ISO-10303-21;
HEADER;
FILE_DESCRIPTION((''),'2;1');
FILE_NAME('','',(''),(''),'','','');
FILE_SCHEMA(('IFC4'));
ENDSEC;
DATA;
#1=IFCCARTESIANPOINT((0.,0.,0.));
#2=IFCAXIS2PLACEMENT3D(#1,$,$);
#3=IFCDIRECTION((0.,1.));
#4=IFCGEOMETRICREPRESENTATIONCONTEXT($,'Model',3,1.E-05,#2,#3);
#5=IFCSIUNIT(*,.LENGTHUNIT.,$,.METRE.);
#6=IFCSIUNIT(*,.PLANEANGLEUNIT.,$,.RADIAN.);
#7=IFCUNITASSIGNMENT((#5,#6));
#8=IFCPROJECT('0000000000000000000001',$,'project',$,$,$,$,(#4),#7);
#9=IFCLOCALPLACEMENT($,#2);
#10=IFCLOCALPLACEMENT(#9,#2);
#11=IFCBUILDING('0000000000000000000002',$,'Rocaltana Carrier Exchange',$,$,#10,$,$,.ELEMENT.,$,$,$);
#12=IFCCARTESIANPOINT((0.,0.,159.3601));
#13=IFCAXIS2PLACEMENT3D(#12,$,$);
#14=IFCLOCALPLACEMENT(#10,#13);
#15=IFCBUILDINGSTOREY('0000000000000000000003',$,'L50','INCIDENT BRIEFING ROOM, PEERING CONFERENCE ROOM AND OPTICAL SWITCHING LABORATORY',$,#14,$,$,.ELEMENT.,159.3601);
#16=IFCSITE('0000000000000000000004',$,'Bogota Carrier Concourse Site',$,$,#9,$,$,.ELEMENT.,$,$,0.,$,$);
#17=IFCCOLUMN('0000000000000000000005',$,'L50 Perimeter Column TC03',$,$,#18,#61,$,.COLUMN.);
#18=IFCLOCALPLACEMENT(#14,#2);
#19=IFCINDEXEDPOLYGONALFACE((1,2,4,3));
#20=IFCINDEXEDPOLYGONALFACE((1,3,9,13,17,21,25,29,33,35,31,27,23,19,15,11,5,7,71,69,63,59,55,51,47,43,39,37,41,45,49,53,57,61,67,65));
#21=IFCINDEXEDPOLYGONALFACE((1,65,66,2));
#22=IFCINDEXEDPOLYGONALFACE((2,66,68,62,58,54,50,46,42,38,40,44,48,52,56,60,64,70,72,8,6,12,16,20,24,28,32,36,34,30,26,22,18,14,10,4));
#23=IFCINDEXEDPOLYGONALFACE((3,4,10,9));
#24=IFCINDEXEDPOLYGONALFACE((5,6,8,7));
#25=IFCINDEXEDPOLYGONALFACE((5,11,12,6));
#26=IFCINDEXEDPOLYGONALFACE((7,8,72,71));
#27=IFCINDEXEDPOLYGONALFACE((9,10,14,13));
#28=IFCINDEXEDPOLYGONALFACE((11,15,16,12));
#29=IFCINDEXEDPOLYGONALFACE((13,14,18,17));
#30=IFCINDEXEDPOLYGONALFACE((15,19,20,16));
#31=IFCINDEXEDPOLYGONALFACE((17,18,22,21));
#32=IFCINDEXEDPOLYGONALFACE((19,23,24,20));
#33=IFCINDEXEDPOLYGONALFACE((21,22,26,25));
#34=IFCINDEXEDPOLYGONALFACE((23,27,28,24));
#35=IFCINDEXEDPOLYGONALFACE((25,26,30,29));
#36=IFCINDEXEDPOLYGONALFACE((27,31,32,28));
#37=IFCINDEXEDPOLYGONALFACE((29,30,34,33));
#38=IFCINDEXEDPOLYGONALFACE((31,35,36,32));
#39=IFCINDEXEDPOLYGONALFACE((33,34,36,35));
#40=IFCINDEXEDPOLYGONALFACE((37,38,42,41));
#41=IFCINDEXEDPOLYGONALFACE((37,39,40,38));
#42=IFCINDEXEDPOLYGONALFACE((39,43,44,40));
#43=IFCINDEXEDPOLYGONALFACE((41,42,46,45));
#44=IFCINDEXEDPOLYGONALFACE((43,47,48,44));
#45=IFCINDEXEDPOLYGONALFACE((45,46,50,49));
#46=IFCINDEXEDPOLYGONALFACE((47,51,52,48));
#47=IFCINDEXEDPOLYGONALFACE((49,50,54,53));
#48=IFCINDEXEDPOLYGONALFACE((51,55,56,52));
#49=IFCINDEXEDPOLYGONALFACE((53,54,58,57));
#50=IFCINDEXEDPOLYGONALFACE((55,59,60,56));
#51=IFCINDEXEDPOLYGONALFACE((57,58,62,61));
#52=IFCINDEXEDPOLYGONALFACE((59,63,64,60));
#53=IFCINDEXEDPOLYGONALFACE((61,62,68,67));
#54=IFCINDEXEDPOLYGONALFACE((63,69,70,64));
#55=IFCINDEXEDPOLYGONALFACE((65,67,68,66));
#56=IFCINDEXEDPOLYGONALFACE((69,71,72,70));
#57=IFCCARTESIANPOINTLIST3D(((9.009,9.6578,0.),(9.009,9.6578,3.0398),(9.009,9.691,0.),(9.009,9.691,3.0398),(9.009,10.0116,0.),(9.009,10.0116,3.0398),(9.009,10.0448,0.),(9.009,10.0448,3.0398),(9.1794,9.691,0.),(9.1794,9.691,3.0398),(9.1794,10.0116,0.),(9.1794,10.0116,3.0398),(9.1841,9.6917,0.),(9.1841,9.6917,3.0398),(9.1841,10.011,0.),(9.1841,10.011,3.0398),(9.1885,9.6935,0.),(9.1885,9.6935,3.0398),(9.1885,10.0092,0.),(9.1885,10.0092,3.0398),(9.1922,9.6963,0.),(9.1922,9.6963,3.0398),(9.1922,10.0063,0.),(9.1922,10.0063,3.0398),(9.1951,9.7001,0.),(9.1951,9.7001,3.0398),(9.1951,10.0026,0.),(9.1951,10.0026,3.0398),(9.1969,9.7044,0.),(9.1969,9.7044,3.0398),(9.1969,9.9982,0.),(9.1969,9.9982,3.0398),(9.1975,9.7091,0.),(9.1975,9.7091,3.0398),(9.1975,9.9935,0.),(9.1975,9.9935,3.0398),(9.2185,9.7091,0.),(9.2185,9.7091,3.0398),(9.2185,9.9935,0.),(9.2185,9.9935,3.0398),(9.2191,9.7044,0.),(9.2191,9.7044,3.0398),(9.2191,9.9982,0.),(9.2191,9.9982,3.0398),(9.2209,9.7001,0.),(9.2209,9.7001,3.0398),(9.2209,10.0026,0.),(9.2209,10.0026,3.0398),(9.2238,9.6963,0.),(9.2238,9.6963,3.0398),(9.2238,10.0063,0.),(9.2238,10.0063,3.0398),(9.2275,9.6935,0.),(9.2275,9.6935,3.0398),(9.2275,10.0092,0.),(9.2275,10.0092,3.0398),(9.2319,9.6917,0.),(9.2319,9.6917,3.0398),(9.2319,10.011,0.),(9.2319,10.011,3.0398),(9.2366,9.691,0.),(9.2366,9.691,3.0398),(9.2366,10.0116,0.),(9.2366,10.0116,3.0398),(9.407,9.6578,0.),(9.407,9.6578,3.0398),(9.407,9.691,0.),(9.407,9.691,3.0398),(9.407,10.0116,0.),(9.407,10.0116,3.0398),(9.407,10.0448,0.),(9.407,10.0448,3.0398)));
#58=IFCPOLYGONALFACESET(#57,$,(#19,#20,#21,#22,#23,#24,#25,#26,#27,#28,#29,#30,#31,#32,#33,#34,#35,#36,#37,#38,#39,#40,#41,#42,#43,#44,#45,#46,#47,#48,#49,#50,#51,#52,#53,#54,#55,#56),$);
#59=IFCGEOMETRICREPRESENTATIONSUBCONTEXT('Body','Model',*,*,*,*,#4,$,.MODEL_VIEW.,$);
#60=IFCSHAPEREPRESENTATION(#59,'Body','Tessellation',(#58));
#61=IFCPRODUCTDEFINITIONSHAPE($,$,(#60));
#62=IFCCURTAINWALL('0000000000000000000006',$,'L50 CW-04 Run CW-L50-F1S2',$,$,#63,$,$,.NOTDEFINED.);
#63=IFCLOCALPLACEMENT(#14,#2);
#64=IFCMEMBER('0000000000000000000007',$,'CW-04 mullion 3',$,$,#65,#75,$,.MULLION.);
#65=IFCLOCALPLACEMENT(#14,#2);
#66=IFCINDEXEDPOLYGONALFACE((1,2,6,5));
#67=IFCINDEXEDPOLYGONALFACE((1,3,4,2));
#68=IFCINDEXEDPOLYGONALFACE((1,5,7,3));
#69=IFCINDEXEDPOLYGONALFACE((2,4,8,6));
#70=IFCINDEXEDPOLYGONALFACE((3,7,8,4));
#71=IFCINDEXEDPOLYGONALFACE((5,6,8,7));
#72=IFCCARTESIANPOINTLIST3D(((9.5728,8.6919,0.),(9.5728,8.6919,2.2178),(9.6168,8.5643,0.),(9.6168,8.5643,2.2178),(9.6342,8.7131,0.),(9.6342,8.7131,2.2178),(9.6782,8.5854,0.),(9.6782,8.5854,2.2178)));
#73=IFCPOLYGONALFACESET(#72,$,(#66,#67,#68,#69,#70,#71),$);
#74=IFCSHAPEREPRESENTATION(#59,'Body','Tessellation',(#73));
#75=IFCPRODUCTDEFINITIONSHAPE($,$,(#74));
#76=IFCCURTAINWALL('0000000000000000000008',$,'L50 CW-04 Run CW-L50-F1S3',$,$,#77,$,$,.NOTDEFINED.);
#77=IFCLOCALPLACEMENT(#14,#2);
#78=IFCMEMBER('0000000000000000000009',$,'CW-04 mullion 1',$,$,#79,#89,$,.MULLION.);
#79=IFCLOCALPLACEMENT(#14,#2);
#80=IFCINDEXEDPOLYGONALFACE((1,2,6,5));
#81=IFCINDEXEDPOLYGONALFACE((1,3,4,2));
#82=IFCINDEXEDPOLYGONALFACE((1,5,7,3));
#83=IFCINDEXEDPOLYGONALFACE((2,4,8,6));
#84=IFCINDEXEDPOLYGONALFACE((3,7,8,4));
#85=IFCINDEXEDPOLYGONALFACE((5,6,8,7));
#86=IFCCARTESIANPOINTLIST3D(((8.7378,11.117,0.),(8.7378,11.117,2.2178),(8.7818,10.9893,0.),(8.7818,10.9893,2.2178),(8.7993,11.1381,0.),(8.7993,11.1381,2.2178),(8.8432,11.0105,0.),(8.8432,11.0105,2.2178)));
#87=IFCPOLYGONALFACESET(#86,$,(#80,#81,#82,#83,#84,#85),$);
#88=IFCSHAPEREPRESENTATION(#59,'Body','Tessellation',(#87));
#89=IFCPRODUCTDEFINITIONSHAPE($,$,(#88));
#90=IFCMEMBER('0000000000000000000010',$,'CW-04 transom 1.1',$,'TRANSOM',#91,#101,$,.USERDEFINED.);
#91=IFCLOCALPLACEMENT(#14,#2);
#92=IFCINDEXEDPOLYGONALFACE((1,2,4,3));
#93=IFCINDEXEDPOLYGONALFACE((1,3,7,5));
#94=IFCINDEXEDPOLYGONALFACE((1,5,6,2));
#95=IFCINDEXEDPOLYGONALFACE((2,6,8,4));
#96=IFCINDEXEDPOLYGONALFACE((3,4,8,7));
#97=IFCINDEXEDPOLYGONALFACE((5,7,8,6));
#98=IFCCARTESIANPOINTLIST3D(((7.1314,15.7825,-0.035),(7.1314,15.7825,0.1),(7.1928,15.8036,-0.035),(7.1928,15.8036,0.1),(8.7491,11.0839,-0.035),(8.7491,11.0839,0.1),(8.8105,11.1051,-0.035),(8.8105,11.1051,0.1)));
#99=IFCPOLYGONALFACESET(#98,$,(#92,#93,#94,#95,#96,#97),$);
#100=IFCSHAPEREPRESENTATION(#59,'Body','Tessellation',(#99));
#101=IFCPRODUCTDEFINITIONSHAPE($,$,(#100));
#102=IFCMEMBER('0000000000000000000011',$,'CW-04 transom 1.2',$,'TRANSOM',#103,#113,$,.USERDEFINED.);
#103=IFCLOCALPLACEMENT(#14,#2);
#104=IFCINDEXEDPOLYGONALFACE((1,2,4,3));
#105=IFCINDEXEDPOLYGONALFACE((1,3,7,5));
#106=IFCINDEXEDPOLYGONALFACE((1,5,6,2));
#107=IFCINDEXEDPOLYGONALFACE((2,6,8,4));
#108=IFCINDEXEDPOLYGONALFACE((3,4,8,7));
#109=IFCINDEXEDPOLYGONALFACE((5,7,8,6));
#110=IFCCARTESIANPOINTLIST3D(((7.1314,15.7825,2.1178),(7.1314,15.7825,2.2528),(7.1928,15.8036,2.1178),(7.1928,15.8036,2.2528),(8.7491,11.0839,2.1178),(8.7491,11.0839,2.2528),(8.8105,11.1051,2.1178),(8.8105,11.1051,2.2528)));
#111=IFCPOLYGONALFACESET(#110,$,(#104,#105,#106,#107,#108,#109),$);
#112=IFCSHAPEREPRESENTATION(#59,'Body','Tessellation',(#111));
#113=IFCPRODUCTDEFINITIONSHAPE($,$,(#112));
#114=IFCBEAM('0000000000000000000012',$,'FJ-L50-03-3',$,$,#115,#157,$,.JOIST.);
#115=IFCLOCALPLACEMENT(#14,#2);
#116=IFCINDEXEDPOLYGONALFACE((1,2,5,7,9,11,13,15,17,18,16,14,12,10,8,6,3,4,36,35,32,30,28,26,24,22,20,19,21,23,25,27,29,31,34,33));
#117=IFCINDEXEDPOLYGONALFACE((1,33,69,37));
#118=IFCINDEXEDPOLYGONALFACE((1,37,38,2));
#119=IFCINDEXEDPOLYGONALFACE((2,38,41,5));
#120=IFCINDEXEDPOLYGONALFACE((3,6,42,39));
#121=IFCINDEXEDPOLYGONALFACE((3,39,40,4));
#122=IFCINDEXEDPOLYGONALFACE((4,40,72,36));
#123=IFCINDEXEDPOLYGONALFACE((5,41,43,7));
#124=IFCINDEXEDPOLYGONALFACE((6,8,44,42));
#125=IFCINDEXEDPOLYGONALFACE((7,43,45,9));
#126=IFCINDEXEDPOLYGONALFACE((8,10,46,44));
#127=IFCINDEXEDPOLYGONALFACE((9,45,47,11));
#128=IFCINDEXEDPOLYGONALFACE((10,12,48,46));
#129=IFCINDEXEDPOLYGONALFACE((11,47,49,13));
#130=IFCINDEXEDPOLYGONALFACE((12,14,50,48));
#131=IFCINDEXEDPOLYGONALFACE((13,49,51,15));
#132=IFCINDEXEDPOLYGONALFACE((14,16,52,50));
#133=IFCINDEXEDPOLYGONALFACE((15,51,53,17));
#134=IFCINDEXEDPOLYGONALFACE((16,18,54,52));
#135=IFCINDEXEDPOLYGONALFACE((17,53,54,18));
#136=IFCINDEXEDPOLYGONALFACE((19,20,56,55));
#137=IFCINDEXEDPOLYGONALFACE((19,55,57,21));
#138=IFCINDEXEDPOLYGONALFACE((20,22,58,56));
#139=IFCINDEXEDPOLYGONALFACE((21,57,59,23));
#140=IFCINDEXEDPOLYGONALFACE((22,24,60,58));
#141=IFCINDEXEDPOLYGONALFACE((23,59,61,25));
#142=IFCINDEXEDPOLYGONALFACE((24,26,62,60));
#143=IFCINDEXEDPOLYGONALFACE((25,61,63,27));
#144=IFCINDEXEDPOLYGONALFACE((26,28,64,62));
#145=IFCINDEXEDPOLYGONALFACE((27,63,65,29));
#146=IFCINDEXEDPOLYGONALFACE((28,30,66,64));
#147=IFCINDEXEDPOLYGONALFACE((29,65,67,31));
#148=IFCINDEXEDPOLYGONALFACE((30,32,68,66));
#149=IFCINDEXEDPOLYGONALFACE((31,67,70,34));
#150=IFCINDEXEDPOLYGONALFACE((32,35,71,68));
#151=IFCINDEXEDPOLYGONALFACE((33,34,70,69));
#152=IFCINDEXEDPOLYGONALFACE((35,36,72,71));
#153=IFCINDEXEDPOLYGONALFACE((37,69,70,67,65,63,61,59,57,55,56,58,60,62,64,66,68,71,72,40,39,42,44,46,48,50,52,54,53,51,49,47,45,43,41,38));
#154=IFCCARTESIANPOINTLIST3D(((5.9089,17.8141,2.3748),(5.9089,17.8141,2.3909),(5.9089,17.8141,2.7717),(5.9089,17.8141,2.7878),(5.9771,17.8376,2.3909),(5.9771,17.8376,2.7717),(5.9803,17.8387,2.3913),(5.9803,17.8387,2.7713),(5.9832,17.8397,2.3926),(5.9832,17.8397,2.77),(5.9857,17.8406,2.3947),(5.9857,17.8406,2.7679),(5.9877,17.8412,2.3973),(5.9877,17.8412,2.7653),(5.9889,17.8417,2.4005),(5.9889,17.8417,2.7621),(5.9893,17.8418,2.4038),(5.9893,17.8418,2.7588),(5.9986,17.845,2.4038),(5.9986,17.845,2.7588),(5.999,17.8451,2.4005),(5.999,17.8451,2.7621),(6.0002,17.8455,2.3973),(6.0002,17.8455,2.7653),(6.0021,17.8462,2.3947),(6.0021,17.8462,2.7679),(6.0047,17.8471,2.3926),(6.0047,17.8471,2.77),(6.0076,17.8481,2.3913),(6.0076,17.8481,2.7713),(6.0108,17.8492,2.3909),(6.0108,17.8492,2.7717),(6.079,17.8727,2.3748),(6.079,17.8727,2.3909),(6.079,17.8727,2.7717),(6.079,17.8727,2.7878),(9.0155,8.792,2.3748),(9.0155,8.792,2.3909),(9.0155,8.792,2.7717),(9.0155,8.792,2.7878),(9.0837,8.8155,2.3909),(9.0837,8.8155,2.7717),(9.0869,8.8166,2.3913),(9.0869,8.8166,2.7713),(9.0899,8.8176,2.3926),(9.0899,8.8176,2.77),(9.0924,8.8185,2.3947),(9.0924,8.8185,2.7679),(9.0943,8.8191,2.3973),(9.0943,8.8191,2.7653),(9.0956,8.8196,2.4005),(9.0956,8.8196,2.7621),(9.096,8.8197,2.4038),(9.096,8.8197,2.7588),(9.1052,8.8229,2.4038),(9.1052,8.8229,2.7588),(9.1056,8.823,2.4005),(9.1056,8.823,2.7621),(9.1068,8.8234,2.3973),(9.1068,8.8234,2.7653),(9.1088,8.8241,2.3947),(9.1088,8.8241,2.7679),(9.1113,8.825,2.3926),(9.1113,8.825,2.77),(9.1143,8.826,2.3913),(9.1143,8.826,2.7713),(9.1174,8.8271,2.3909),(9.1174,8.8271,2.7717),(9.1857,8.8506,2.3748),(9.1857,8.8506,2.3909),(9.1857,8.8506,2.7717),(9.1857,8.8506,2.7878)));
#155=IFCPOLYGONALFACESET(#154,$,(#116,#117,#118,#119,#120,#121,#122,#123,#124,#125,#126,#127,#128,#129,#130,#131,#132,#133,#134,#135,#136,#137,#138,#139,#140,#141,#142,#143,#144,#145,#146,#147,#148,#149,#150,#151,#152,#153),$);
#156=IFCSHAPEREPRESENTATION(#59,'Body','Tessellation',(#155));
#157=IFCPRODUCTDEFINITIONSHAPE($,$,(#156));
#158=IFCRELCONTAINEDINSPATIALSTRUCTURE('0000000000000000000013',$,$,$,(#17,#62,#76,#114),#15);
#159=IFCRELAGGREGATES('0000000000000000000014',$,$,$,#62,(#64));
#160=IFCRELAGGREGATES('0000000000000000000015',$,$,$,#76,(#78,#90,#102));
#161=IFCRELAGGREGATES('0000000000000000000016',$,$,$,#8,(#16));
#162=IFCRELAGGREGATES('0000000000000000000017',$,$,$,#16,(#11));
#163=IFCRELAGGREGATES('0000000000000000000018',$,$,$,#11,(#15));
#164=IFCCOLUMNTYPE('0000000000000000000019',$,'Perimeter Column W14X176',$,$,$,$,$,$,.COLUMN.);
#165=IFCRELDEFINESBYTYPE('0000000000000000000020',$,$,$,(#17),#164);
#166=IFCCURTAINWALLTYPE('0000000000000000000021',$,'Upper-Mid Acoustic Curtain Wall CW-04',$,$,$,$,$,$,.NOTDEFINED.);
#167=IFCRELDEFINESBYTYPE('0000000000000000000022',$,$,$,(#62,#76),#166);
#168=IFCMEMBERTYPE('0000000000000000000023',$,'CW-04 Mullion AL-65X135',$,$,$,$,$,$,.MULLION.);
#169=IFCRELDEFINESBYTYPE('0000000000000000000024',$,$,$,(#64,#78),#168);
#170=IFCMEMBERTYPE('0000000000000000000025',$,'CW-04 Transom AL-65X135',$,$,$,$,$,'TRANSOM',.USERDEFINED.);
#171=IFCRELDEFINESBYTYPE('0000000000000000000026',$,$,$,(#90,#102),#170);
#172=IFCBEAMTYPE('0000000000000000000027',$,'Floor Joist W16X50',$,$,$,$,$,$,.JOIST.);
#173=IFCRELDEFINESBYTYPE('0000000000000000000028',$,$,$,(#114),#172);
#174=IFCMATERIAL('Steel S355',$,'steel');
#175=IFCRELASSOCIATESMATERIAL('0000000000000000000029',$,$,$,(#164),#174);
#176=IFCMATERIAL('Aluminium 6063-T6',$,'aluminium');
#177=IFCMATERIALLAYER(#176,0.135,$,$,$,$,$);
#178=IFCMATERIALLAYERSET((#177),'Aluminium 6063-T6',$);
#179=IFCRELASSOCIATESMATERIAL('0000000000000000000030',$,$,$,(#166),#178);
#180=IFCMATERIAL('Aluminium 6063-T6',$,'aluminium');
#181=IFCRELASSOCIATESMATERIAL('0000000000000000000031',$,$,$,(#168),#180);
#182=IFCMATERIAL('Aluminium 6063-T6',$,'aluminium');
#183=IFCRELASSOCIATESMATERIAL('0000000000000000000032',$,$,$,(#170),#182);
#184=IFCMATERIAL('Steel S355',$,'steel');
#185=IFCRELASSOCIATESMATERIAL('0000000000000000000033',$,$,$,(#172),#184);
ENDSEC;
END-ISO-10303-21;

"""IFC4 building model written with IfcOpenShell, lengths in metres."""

from ifc_helpers import new_model, si_unit, direction, frame, origin, origin_2d, place, context, subcontext, project, spatial, rectangle, i_section, extrude, material, layer, layer_set, material_profile, profile_set, type_object, element, aggregate, save


model = new_model("IFC4")

# Units and contexts
model_context = context("Model", 3, precision=1e-05, world=origin(), true_north=direction((0.0, 1.0)))
body_context = subcontext(model_context, "Body", "Model", "MODEL_VIEW")
ifc_project = project(units=[si_unit("LENGTHUNIT", "METRE"), si_unit("PLANEANGLEUNIT", "RADIAN")], contexts=[model_context])

# Site, building, storey
site_placement = place(None, origin())
site = spatial("IfcSite", under=ifc_project, at=site_placement, Name="Bogota Carrier Concourse Site", CompositionType="ELEMENT", RefElevation=0.0)
building_placement = place(site_placement, origin())
building = spatial("IfcBuilding", under=site, at=building_placement, Name="Rocaltana Carrier Exchange", CompositionType="ELEMENT")
storey_placement = place(building_placement, frame((0.0, 0.0, 159.3601)))
storey = spatial("IfcBuildingStorey", under=building, at=storey_placement, Name="L50", Description="INCIDENT BRIEFING ROOM, PEERING CONFERENCE ROOM AND OPTICAL SWITCHING LABORATORY", CompositionType="ELEMENT", Elevation=159.3601)

# Column
ifc_material_1 = material(Name="Steel S355", Category="steel")
ifc_material_profile_1 = material_profile(ifc_material_1, i_section(OverallWidth=0.3979, OverallDepth=0.387, WebThickness=0.021, FlangeThickness=0.0332, FilletRadius=0.0181, at=origin_2d()), Name="W14X176")
ifc_profile_set_1 = profile_set([ifc_material_profile_1], Name="Steel S355")
column_type = type_object("IfcColumnType", Name="Perimeter Column W14X176", PredefinedType="COLUMN", material=ifc_profile_set_1)
column_placement = place(storey_placement, frame((9.208, 9.8513, 0.0), z_axis=(0.0, 0.0, 1.0), x_axis=(1.0, 0.0, 0.0)))
element("IfcColumn", 1, at=column_placement, inside=storey, type_object=column_type, Name="L50 Perimeter Column TC03", PredefinedType="COLUMN", context=body_context, shape_type="SweptSolid", body=[
    extrude(i_section(OverallWidth=0.3979, OverallDepth=0.387, WebThickness=0.021, FlangeThickness=0.0332, FilletRadius=0.0181, at=origin_2d()), origin(), (0.0, 0.0, 1.0), 3.0398),
])

# Curtain wall, member
ifc_material_2 = material(Name="Aluminium 6063-T6", Category="aluminium")
ifc_layer_1 = layer(ifc_material_2, 0.135)
ifc_layer_set_1 = layer_set([ifc_layer_1], Name="Aluminium 6063-T6")
curtain_wall_type = type_object("IfcCurtainWallType", Name="Upper-Mid Acoustic Curtain Wall CW-04", PredefinedType="NOTDEFINED", material=ifc_layer_set_1)
curtain_wall_1_placement = place(storey_placement, origin())
curtain_wall_1 = element("IfcCurtainWall", 2, at=curtain_wall_1_placement, inside=storey, type_object=curtain_wall_type, Name="L50 CW-04 Run CW-L50-F1S2", PredefinedType="NOTDEFINED")
ifc_material_3 = material(Name="Aluminium 6063-T6", Category="aluminium")
ifc_material_profile_2 = material_profile(ifc_material_3, rectangle(XDim=0.0649, YDim=0.135, at=origin_2d()), Name="AL-65X135")
ifc_profile_set_2 = profile_set([ifc_material_profile_2], Name="Aluminium 6063-T6")
member_type_1 = type_object("IfcMemberType", Name="CW-04 Mullion AL-65X135", PredefinedType="MULLION", material=ifc_profile_set_2)
member_1_placement = place(storey_placement, frame((9.6255, 8.6387, 0.0), z_axis=(0.0, 0.0, 1.0), x_axis=(-0.945521, -0.325562, 0.0)))
member_1 = element("IfcMember", 3, at=member_1_placement, type_object=member_type_1, Name="CW-04 mullion 3", PredefinedType="MULLION", context=body_context, shape_type="SweptSolid", body=[
    extrude(rectangle(XDim=0.0649, YDim=0.135, at=origin_2d()), origin(), (0.0, 0.0, 1.0), 2.2178),
])

# Curtain wall, members
curtain_wall_2_placement = place(storey_placement, origin())
curtain_wall_2 = element("IfcCurtainWall", 4, at=curtain_wall_2_placement, inside=storey, type_object=curtain_wall_type, Name="L50 CW-04 Run CW-L50-F1S3", PredefinedType="NOTDEFINED")
member_2_placement = place(storey_placement, frame((8.7905, 11.0637, 0.0), z_axis=(0.0, 0.0, 1.0), x_axis=(-0.945522, -0.325559, 0.0)))
member_2 = element("IfcMember", 5, at=member_2_placement, type_object=member_type_1, Name="CW-04 mullion 1", PredefinedType="MULLION", context=body_context, shape_type="SweptSolid", body=[
    extrude(rectangle(XDim=0.0649, YDim=0.135, at=origin_2d()), origin(), (0.0, 0.0, 1.0), 2.2178),
])
ifc_material_4 = material(Name="Aluminium 6063-T6", Category="aluminium")
ifc_material_profile_3 = material_profile(ifc_material_4, rectangle(XDim=0.0649, YDim=0.135, at=origin_2d()), Name="AL-65X135")
ifc_profile_set_3 = profile_set([ifc_material_profile_3], Name="Aluminium 6063-T6")
member_type_2 = type_object("IfcMemberType", Name="CW-04 Transom AL-65X135", ElementType="TRANSOM", PredefinedType="USERDEFINED", material=ifc_profile_set_3)
member_3_placement = place(storey_placement, frame((8.7798, 11.0945, 0.0325), z_axis=(-0.325542, 0.945527, 0.0), x_axis=(-0.945527, -0.325542, 0.0)))
member_3 = element("IfcMember", 6, at=member_3_placement, type_object=member_type_2, Name="CW-04 transom 1.1", ObjectType="TRANSOM", PredefinedType="USERDEFINED", context=body_context, shape_type="SweptSolid", body=[
    extrude(rectangle(XDim=0.0649, YDim=0.135, at=origin_2d()), origin(), (0.0, 0.0, 1.0), 4.9692),
])
member_4_placement = place(storey_placement, frame((8.7798, 11.0945, 2.1853), z_axis=(-0.325542, 0.945527, 0.0), x_axis=(-0.945527, -0.325542, 0.0)))
member_4 = element("IfcMember", 7, at=member_4_placement, type_object=member_type_2, Name="CW-04 transom 1.2", ObjectType="TRANSOM", PredefinedType="USERDEFINED", context=body_context, shape_type="SweptSolid", body=[
    extrude(rectangle(XDim=0.0649, YDim=0.135, at=origin_2d()), origin(), (0.0, 0.0, 1.0), 4.9692),
])

# Beam
ifc_material_5 = material(Name="Steel S355", Category="steel")
ifc_material_profile_4 = material_profile(ifc_material_5, i_section(OverallWidth=0.1799, OverallDepth=0.4131, WebThickness=0.0098, FlangeThickness=0.0161, FilletRadius=0.0129, at=origin_2d()), Name="W16X50")
ifc_profile_set_4 = profile_set([ifc_material_profile_4], Name="Steel S355")
beam_type_1 = type_object("IfcBeamType", Name="Floor Joist W16X50", PredefinedType="JOIST", material=ifc_profile_set_4)
beam_1_placement = place(storey_placement, frame((9.1006, 8.8213, 2.5813), z_axis=(-0.325577, 0.945516, 0.0), x_axis=(-0.945516, -0.325577, 0.0)))
element("IfcBeam", 8, at=beam_1_placement, inside=storey, type_object=beam_type_1, Name="FJ-L50-03-3", PredefinedType="JOIST", context=body_context, shape_type="SweptSolid", body=[
    extrude(i_section(OverallWidth=0.1799, OverallDepth=0.4131, WebThickness=0.0098, FlangeThickness=0.0161, FilletRadius=0.0129, at=origin_2d()), origin(), (0.0, 0.0, 1.0), 9.542),
])

aggregate(curtain_wall_1, [member_1])
aggregate(curtain_wall_2, [member_2, member_3, member_4])

save(model, "model.ifc")
